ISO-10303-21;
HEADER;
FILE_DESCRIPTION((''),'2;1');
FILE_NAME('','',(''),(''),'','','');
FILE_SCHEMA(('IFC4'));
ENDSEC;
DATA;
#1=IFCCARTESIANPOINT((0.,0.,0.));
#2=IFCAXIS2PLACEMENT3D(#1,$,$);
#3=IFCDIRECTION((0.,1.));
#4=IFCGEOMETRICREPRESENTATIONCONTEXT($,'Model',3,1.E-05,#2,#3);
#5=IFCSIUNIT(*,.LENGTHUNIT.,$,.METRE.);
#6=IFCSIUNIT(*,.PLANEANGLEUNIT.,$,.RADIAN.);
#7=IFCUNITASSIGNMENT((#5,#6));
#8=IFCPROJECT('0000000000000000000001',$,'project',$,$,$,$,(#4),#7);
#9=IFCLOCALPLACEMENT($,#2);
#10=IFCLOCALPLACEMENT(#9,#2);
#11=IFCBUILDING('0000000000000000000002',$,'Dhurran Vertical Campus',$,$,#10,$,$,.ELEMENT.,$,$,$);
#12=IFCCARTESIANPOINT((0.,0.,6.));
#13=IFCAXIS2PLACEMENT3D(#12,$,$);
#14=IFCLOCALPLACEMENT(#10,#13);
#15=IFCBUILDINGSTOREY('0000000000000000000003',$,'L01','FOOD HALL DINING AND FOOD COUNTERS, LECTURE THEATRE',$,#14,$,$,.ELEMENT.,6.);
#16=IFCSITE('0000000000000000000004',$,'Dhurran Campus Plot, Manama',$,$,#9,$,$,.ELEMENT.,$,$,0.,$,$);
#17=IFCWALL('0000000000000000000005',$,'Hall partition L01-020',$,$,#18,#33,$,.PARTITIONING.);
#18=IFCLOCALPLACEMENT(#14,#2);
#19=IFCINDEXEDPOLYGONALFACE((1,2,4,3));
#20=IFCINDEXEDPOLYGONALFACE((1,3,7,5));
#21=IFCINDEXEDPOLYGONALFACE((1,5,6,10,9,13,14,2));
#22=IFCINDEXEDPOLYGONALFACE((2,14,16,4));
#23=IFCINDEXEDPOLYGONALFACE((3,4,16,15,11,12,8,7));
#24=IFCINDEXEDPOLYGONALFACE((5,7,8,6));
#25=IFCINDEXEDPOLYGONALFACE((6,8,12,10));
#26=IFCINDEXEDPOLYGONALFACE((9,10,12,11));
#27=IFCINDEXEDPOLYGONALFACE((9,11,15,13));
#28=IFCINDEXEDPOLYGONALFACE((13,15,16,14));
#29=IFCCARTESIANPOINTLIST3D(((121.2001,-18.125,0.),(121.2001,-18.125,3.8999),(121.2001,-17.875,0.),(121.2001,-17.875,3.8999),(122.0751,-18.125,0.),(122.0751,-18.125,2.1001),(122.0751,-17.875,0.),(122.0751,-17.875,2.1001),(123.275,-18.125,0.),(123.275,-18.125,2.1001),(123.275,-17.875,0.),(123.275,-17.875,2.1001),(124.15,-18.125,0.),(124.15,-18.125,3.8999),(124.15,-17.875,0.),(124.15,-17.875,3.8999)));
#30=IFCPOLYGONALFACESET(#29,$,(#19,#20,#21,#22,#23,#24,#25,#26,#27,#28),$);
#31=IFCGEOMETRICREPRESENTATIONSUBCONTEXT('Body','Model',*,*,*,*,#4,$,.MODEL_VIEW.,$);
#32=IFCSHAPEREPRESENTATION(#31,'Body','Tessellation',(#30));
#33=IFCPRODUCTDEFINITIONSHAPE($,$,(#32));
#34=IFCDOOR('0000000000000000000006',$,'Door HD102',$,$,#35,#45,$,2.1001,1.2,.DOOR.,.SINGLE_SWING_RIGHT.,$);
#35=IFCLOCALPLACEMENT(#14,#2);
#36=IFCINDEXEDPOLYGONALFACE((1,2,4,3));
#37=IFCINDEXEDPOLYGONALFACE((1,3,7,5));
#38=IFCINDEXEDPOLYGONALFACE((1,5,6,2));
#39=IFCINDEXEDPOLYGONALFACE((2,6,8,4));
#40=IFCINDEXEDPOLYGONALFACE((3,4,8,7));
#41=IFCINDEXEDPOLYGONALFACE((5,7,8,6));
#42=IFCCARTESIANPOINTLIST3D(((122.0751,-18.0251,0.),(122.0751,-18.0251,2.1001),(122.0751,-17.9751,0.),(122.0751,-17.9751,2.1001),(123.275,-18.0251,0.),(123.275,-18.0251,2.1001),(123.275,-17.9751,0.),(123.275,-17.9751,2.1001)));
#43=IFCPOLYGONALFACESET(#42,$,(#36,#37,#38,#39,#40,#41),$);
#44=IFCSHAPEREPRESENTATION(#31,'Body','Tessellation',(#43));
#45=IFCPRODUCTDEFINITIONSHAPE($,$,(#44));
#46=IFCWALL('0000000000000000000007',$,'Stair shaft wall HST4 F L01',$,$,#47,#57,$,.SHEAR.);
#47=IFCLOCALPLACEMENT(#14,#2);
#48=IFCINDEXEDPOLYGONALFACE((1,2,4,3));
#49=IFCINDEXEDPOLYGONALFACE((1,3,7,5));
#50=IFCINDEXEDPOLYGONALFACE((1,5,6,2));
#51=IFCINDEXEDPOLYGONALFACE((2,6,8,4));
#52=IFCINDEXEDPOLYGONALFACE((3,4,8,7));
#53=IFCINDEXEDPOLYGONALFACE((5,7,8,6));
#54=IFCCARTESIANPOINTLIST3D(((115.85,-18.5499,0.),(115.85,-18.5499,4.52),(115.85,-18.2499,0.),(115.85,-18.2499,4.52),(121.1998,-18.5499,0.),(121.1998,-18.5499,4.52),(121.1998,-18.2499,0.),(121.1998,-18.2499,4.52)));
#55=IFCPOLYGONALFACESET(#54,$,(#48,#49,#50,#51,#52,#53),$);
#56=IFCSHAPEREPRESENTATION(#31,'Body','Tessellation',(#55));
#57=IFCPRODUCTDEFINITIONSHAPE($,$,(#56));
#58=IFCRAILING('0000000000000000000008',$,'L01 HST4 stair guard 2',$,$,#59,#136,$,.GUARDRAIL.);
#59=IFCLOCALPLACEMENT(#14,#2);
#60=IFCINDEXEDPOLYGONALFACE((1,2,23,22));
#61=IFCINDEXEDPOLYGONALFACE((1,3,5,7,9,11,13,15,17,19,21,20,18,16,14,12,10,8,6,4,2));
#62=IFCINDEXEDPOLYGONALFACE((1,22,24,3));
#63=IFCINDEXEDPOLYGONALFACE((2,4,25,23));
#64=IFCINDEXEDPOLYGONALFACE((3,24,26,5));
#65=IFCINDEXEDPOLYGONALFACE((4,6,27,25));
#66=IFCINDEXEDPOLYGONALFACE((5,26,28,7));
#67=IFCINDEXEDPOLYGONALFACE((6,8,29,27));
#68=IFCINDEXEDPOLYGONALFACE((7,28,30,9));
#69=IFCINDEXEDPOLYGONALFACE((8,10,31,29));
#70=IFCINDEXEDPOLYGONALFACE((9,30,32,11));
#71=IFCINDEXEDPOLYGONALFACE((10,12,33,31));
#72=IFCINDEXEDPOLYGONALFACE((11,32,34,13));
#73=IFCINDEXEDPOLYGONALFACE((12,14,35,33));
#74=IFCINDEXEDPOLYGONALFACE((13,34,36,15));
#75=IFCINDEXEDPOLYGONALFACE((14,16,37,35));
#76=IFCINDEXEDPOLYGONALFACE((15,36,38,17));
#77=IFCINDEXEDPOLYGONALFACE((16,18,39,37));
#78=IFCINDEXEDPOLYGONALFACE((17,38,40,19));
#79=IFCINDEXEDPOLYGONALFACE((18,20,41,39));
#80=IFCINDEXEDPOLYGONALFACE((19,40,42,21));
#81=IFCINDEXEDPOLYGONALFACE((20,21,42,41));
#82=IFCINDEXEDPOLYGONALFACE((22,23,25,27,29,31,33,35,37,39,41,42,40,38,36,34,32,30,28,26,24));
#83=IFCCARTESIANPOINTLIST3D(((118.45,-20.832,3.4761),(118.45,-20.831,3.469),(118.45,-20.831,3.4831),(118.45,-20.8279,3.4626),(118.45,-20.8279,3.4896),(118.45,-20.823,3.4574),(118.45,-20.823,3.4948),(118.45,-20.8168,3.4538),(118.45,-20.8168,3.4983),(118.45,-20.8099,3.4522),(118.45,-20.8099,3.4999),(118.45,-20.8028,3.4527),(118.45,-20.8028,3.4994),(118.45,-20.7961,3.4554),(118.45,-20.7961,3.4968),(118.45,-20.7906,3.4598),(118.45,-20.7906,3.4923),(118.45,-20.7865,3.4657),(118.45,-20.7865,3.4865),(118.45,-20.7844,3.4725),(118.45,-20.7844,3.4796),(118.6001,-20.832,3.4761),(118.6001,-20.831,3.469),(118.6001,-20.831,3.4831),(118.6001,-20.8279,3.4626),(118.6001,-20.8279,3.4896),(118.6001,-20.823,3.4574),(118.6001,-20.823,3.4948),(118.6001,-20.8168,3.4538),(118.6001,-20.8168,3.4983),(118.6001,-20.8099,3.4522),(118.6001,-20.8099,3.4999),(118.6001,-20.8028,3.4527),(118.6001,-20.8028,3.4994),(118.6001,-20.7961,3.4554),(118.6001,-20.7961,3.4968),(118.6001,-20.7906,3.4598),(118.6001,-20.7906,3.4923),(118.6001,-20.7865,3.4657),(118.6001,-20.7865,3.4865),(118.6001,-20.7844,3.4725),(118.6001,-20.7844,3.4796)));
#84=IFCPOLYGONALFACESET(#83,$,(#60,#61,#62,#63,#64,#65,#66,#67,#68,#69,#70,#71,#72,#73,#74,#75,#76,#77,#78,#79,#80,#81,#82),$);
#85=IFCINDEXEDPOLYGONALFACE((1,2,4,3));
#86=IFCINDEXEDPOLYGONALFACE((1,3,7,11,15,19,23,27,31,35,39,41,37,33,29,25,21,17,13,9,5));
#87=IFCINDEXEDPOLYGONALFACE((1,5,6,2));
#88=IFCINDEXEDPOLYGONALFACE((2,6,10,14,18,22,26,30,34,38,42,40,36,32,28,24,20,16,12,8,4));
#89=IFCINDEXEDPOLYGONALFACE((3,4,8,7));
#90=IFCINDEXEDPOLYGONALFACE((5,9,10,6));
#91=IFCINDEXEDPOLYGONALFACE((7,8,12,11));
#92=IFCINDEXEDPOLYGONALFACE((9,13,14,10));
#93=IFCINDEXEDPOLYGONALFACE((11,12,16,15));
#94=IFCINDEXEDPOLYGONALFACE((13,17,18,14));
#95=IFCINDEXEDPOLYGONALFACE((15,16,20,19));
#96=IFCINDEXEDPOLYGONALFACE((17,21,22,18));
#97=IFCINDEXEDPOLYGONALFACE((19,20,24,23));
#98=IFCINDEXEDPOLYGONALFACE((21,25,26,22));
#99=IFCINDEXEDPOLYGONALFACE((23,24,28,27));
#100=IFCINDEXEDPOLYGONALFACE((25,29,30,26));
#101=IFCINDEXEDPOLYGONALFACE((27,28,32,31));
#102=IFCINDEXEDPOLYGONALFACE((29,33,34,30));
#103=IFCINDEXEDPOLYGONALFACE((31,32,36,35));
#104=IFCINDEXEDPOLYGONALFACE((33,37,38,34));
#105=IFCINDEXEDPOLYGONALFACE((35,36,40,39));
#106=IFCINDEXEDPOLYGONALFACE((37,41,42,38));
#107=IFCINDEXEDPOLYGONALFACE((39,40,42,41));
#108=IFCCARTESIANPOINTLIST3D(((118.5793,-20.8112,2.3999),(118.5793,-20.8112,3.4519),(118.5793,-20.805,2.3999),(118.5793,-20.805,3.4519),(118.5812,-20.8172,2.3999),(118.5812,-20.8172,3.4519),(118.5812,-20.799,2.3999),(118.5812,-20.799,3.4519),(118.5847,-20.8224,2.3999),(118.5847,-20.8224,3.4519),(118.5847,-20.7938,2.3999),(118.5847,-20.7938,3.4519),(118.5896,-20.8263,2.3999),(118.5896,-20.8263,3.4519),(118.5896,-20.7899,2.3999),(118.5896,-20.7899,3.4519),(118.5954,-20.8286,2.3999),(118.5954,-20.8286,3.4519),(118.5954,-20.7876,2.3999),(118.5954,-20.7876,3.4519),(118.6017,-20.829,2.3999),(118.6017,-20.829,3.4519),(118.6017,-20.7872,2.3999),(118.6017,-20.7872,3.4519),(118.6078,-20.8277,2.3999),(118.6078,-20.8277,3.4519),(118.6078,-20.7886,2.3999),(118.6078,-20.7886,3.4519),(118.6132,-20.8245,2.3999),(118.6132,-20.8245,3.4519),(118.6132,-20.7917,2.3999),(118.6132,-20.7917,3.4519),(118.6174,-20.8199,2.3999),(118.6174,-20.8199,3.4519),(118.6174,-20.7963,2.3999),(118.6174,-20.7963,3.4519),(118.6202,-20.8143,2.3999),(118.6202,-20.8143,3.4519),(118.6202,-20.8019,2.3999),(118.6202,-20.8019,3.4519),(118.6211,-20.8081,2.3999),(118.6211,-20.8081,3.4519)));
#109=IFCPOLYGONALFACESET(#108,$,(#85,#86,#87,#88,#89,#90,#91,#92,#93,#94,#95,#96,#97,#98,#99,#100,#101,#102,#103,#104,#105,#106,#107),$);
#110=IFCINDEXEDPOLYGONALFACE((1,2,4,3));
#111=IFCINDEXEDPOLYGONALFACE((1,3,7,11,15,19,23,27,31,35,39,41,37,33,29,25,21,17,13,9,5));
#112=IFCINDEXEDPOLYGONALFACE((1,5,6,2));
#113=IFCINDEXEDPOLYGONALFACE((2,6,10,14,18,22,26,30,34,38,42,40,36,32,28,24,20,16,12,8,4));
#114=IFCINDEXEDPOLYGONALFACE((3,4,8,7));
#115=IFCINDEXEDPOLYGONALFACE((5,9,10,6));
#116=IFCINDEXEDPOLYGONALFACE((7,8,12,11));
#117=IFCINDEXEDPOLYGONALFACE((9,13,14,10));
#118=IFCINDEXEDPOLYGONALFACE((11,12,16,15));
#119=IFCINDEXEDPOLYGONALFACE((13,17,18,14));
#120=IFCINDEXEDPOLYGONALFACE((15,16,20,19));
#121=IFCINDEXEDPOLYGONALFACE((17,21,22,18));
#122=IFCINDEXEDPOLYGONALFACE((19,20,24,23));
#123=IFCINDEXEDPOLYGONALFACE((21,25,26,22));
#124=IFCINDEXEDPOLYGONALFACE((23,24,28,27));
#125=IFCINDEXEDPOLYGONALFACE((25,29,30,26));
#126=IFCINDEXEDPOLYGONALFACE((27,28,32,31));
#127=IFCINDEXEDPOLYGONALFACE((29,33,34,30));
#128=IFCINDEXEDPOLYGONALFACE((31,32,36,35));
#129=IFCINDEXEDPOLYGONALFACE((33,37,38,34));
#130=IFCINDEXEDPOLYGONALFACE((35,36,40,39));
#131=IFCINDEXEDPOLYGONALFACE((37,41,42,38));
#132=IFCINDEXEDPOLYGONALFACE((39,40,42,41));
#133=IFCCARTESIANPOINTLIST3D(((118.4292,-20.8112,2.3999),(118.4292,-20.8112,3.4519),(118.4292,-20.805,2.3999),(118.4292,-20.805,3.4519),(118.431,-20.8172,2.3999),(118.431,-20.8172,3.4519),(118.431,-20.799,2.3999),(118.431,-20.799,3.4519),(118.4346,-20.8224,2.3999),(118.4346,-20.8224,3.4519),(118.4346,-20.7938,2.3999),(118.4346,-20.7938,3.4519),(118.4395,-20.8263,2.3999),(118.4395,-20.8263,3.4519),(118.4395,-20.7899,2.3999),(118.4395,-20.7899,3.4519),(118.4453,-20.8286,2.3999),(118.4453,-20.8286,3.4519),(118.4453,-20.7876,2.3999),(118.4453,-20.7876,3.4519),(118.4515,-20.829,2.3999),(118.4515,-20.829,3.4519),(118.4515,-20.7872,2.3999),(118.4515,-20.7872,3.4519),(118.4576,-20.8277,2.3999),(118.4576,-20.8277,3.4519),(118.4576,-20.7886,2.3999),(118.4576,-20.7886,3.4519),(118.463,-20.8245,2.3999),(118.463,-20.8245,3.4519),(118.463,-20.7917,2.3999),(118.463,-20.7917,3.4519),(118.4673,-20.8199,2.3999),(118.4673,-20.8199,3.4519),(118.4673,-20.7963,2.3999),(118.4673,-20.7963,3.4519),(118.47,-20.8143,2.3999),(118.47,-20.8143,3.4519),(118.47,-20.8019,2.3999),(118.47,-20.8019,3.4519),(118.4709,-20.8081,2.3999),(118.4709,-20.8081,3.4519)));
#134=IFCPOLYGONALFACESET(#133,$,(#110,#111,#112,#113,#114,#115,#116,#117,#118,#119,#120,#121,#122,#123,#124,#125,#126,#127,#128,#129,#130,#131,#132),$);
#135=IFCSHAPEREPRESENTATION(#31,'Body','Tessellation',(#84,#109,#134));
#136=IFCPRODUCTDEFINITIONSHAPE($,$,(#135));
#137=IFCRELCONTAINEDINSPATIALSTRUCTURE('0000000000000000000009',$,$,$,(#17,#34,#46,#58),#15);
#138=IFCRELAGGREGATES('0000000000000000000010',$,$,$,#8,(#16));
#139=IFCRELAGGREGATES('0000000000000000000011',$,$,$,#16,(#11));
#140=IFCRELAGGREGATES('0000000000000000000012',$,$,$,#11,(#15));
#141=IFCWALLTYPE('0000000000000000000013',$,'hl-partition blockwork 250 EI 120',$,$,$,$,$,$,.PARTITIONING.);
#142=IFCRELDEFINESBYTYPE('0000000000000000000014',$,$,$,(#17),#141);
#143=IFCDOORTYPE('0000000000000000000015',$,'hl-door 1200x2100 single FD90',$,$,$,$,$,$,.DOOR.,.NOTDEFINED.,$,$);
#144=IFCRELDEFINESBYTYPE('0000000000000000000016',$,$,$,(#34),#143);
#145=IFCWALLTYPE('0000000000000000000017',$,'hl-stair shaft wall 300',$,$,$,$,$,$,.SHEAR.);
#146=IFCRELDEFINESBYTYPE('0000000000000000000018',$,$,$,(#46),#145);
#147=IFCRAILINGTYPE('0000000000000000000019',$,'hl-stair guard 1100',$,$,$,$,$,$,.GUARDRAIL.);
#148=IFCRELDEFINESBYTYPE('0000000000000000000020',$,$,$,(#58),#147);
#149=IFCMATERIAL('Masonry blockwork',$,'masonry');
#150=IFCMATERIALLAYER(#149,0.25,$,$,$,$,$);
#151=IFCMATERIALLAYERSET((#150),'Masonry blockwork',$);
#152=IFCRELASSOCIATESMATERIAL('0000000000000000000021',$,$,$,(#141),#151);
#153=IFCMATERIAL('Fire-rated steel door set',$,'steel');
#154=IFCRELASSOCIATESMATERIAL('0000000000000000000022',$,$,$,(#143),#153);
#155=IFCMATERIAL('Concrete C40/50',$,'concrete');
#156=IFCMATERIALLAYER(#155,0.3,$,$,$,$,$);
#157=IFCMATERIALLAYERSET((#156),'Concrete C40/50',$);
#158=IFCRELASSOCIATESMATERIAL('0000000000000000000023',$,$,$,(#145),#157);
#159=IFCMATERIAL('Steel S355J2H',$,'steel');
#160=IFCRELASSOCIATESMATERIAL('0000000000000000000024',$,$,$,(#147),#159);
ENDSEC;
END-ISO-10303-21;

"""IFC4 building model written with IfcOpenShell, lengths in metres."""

from ifc_helpers import new_model, si_unit, direction, frame, frame_2d, origin, origin_2d, place, context, subcontext, project, spatial, rectangle, circle, extrude, material, layer, layer_set, type_object, element, fill, save


model = new_model("IFC4")

# Units and contexts
model_context = context("Model", 3, precision=1e-05, world=origin(), true_north=direction((0.0, 1.0)))
body_context = subcontext(model_context, "Body", "Model", "MODEL_VIEW")
ifc_project = project(units=[si_unit("LENGTHUNIT", "METRE"), si_unit("PLANEANGLEUNIT", "RADIAN")], contexts=[model_context])

# Site, building, storey
site_placement = place(None, origin())
site = spatial("IfcSite", under=ifc_project, at=site_placement, Name="Dhurran Campus Plot, Manama", CompositionType="ELEMENT", RefElevation=0.0)
building_placement = place(site_placement, origin())
building = spatial("IfcBuilding", under=site, at=building_placement, Name="Dhurran Vertical Campus", CompositionType="ELEMENT")
storey_placement = place(building_placement, frame((0.0, 0.0, 6.0)))
storey = spatial("IfcBuildingStorey", under=building, at=storey_placement, Name="L01", Description="FOOD HALL DINING AND FOOD COUNTERS, LECTURE THEATRE", CompositionType="ELEMENT", Elevation=6.0)

# Wall, opening, door
ifc_material_1 = material(Name="Masonry blockwork", Category="masonry")
ifc_layer_1 = layer(ifc_material_1, 0.25)
ifc_layer_set_1 = layer_set([ifc_layer_1], Name="Masonry blockwork")
wall_type_1 = type_object("IfcWallType", Name="hl-partition blockwork 250 EI 120", PredefinedType="PARTITIONING", material=ifc_layer_set_1)
wall_1_placement = place(storey_placement, frame((121.2, -18.0, 0.0), z_axis=(0.0, 0.0, 1.0), x_axis=(1.0, 0.0, 0.0)))
wall_1 = element("IfcWall", 1, at=wall_1_placement, inside=storey, type_object=wall_type_1, Name="Hall partition L01-020", PredefinedType="PARTITIONING", context=body_context, shape_type="SweptSolid", body=[
    extrude(rectangle(XDim=2.95, YDim=0.25, at=frame_2d((1.4751, 0.0))), origin(), (0.0, 0.0, 1.0), 3.8999),
])
opening_1_placement = place(wall_1_placement, frame((0.875, 0.0, 0.0)))
opening_1 = element("IfcOpeningElement", 2, at=opening_1_placement, cuts=wall_1, PredefinedType="OPENING", context=body_context, shape_type="SweptSolid", body=[
    extrude(rectangle(XDim=1.2, YDim=2.1001, at=frame_2d((0.6001, 1.05))), frame((0.0, 0.135, 0.0), z_axis=(0.0, -1.0, 0.0), x_axis=(1.0, 0.0, 0.0)), (0.0, 0.0, 1.0), 0.27),
])
ifc_material_2 = material(Name="Fire-rated steel door set", Category="steel")
door_type_1 = type_object("IfcDoorType", Name="hl-door 1200x2100 single FD90", OperationType="NOTDEFINED", PredefinedType="DOOR", material=ifc_material_2)
door_1_placement = place(opening_1_placement, origin())
door_1 = element("IfcDoor", 3, at=door_1_placement, inside=storey, type_object=door_type_1, Name="Door HD102", OperationType="SINGLE_SWING_RIGHT", OverallHeight=2.1001, OverallWidth=1.2, PredefinedType="DOOR", context=body_context, shape_type="SweptSolid", body=[
    extrude(rectangle(XDim=1.2, YDim=2.1001, at=frame_2d((0.6001, 1.05))), frame((0.0, 0.0249, 0.0), z_axis=(0.0, -1.0, 0.0), x_axis=(1.0, 0.0, 0.0)), (0.0, 0.0, 1.0), 0.05),
])
fill(opening_1, door_1)

# Wall
ifc_material_3 = material(Name="Concrete C40/50", Category="concrete")
ifc_layer_2 = layer(ifc_material_3, 0.3)
ifc_layer_set_2 = layer_set([ifc_layer_2], Name="Concrete C40/50")
wall_type_2 = type_object("IfcWallType", Name="hl-stair shaft wall 300", PredefinedType="SHEAR", material=ifc_layer_set_2)
wall_2_placement = place(storey_placement, frame((115.8501, -18.3999, 0.0), z_axis=(0.0, 0.0, 1.0), x_axis=(1.0, 0.0, 0.0)))
element("IfcWall", 4, at=wall_2_placement, inside=storey, type_object=wall_type_2, Name="Stair shaft wall HST4 F L01", PredefinedType="SHEAR", context=body_context, shape_type="SweptSolid", body=[
    extrude(rectangle(XDim=5.3499, YDim=0.3, at=frame_2d((2.6748, 0.0))), origin(), (0.0, 0.0, 1.0), 4.52),
])

# Railing
ifc_material_4 = material(Name="Steel S355J2H", Category="steel")
railing_type = type_object("IfcRailingType", Name="hl-stair guard 1100", PredefinedType="GUARDRAIL", material=ifc_material_4)
railing_placement = place(storey_placement, frame((118.6001, -20.8081, 2.3999)))
element("IfcRailing", 5, at=railing_placement, inside=storey, type_object=railing_type, Name="L01 HST4 stair guard 2", PredefinedType="GUARDRAIL", context=body_context, shape_type="SweptSolid", body=[
    extrude(circle(Radius=0.0239, at=origin_2d()), frame((0.0, 0.0, 1.0762), z_axis=(-1.0, 0.0, 0.0), x_axis=(0.0, -1.0, 0.0)), (0.0, 0.0, 1.0), 0.1501),
    extrude(circle(Radius=0.021, at=origin_2d()), origin(), (0.0, 0.0, 1.0), 1.052),
    extrude(circle(Radius=0.021, at=origin_2d()), frame((-0.1501, 0.0, 0.0)), (0.0, 0.0, 1.0), 1.052),
])

save(model, "model.ifc")
